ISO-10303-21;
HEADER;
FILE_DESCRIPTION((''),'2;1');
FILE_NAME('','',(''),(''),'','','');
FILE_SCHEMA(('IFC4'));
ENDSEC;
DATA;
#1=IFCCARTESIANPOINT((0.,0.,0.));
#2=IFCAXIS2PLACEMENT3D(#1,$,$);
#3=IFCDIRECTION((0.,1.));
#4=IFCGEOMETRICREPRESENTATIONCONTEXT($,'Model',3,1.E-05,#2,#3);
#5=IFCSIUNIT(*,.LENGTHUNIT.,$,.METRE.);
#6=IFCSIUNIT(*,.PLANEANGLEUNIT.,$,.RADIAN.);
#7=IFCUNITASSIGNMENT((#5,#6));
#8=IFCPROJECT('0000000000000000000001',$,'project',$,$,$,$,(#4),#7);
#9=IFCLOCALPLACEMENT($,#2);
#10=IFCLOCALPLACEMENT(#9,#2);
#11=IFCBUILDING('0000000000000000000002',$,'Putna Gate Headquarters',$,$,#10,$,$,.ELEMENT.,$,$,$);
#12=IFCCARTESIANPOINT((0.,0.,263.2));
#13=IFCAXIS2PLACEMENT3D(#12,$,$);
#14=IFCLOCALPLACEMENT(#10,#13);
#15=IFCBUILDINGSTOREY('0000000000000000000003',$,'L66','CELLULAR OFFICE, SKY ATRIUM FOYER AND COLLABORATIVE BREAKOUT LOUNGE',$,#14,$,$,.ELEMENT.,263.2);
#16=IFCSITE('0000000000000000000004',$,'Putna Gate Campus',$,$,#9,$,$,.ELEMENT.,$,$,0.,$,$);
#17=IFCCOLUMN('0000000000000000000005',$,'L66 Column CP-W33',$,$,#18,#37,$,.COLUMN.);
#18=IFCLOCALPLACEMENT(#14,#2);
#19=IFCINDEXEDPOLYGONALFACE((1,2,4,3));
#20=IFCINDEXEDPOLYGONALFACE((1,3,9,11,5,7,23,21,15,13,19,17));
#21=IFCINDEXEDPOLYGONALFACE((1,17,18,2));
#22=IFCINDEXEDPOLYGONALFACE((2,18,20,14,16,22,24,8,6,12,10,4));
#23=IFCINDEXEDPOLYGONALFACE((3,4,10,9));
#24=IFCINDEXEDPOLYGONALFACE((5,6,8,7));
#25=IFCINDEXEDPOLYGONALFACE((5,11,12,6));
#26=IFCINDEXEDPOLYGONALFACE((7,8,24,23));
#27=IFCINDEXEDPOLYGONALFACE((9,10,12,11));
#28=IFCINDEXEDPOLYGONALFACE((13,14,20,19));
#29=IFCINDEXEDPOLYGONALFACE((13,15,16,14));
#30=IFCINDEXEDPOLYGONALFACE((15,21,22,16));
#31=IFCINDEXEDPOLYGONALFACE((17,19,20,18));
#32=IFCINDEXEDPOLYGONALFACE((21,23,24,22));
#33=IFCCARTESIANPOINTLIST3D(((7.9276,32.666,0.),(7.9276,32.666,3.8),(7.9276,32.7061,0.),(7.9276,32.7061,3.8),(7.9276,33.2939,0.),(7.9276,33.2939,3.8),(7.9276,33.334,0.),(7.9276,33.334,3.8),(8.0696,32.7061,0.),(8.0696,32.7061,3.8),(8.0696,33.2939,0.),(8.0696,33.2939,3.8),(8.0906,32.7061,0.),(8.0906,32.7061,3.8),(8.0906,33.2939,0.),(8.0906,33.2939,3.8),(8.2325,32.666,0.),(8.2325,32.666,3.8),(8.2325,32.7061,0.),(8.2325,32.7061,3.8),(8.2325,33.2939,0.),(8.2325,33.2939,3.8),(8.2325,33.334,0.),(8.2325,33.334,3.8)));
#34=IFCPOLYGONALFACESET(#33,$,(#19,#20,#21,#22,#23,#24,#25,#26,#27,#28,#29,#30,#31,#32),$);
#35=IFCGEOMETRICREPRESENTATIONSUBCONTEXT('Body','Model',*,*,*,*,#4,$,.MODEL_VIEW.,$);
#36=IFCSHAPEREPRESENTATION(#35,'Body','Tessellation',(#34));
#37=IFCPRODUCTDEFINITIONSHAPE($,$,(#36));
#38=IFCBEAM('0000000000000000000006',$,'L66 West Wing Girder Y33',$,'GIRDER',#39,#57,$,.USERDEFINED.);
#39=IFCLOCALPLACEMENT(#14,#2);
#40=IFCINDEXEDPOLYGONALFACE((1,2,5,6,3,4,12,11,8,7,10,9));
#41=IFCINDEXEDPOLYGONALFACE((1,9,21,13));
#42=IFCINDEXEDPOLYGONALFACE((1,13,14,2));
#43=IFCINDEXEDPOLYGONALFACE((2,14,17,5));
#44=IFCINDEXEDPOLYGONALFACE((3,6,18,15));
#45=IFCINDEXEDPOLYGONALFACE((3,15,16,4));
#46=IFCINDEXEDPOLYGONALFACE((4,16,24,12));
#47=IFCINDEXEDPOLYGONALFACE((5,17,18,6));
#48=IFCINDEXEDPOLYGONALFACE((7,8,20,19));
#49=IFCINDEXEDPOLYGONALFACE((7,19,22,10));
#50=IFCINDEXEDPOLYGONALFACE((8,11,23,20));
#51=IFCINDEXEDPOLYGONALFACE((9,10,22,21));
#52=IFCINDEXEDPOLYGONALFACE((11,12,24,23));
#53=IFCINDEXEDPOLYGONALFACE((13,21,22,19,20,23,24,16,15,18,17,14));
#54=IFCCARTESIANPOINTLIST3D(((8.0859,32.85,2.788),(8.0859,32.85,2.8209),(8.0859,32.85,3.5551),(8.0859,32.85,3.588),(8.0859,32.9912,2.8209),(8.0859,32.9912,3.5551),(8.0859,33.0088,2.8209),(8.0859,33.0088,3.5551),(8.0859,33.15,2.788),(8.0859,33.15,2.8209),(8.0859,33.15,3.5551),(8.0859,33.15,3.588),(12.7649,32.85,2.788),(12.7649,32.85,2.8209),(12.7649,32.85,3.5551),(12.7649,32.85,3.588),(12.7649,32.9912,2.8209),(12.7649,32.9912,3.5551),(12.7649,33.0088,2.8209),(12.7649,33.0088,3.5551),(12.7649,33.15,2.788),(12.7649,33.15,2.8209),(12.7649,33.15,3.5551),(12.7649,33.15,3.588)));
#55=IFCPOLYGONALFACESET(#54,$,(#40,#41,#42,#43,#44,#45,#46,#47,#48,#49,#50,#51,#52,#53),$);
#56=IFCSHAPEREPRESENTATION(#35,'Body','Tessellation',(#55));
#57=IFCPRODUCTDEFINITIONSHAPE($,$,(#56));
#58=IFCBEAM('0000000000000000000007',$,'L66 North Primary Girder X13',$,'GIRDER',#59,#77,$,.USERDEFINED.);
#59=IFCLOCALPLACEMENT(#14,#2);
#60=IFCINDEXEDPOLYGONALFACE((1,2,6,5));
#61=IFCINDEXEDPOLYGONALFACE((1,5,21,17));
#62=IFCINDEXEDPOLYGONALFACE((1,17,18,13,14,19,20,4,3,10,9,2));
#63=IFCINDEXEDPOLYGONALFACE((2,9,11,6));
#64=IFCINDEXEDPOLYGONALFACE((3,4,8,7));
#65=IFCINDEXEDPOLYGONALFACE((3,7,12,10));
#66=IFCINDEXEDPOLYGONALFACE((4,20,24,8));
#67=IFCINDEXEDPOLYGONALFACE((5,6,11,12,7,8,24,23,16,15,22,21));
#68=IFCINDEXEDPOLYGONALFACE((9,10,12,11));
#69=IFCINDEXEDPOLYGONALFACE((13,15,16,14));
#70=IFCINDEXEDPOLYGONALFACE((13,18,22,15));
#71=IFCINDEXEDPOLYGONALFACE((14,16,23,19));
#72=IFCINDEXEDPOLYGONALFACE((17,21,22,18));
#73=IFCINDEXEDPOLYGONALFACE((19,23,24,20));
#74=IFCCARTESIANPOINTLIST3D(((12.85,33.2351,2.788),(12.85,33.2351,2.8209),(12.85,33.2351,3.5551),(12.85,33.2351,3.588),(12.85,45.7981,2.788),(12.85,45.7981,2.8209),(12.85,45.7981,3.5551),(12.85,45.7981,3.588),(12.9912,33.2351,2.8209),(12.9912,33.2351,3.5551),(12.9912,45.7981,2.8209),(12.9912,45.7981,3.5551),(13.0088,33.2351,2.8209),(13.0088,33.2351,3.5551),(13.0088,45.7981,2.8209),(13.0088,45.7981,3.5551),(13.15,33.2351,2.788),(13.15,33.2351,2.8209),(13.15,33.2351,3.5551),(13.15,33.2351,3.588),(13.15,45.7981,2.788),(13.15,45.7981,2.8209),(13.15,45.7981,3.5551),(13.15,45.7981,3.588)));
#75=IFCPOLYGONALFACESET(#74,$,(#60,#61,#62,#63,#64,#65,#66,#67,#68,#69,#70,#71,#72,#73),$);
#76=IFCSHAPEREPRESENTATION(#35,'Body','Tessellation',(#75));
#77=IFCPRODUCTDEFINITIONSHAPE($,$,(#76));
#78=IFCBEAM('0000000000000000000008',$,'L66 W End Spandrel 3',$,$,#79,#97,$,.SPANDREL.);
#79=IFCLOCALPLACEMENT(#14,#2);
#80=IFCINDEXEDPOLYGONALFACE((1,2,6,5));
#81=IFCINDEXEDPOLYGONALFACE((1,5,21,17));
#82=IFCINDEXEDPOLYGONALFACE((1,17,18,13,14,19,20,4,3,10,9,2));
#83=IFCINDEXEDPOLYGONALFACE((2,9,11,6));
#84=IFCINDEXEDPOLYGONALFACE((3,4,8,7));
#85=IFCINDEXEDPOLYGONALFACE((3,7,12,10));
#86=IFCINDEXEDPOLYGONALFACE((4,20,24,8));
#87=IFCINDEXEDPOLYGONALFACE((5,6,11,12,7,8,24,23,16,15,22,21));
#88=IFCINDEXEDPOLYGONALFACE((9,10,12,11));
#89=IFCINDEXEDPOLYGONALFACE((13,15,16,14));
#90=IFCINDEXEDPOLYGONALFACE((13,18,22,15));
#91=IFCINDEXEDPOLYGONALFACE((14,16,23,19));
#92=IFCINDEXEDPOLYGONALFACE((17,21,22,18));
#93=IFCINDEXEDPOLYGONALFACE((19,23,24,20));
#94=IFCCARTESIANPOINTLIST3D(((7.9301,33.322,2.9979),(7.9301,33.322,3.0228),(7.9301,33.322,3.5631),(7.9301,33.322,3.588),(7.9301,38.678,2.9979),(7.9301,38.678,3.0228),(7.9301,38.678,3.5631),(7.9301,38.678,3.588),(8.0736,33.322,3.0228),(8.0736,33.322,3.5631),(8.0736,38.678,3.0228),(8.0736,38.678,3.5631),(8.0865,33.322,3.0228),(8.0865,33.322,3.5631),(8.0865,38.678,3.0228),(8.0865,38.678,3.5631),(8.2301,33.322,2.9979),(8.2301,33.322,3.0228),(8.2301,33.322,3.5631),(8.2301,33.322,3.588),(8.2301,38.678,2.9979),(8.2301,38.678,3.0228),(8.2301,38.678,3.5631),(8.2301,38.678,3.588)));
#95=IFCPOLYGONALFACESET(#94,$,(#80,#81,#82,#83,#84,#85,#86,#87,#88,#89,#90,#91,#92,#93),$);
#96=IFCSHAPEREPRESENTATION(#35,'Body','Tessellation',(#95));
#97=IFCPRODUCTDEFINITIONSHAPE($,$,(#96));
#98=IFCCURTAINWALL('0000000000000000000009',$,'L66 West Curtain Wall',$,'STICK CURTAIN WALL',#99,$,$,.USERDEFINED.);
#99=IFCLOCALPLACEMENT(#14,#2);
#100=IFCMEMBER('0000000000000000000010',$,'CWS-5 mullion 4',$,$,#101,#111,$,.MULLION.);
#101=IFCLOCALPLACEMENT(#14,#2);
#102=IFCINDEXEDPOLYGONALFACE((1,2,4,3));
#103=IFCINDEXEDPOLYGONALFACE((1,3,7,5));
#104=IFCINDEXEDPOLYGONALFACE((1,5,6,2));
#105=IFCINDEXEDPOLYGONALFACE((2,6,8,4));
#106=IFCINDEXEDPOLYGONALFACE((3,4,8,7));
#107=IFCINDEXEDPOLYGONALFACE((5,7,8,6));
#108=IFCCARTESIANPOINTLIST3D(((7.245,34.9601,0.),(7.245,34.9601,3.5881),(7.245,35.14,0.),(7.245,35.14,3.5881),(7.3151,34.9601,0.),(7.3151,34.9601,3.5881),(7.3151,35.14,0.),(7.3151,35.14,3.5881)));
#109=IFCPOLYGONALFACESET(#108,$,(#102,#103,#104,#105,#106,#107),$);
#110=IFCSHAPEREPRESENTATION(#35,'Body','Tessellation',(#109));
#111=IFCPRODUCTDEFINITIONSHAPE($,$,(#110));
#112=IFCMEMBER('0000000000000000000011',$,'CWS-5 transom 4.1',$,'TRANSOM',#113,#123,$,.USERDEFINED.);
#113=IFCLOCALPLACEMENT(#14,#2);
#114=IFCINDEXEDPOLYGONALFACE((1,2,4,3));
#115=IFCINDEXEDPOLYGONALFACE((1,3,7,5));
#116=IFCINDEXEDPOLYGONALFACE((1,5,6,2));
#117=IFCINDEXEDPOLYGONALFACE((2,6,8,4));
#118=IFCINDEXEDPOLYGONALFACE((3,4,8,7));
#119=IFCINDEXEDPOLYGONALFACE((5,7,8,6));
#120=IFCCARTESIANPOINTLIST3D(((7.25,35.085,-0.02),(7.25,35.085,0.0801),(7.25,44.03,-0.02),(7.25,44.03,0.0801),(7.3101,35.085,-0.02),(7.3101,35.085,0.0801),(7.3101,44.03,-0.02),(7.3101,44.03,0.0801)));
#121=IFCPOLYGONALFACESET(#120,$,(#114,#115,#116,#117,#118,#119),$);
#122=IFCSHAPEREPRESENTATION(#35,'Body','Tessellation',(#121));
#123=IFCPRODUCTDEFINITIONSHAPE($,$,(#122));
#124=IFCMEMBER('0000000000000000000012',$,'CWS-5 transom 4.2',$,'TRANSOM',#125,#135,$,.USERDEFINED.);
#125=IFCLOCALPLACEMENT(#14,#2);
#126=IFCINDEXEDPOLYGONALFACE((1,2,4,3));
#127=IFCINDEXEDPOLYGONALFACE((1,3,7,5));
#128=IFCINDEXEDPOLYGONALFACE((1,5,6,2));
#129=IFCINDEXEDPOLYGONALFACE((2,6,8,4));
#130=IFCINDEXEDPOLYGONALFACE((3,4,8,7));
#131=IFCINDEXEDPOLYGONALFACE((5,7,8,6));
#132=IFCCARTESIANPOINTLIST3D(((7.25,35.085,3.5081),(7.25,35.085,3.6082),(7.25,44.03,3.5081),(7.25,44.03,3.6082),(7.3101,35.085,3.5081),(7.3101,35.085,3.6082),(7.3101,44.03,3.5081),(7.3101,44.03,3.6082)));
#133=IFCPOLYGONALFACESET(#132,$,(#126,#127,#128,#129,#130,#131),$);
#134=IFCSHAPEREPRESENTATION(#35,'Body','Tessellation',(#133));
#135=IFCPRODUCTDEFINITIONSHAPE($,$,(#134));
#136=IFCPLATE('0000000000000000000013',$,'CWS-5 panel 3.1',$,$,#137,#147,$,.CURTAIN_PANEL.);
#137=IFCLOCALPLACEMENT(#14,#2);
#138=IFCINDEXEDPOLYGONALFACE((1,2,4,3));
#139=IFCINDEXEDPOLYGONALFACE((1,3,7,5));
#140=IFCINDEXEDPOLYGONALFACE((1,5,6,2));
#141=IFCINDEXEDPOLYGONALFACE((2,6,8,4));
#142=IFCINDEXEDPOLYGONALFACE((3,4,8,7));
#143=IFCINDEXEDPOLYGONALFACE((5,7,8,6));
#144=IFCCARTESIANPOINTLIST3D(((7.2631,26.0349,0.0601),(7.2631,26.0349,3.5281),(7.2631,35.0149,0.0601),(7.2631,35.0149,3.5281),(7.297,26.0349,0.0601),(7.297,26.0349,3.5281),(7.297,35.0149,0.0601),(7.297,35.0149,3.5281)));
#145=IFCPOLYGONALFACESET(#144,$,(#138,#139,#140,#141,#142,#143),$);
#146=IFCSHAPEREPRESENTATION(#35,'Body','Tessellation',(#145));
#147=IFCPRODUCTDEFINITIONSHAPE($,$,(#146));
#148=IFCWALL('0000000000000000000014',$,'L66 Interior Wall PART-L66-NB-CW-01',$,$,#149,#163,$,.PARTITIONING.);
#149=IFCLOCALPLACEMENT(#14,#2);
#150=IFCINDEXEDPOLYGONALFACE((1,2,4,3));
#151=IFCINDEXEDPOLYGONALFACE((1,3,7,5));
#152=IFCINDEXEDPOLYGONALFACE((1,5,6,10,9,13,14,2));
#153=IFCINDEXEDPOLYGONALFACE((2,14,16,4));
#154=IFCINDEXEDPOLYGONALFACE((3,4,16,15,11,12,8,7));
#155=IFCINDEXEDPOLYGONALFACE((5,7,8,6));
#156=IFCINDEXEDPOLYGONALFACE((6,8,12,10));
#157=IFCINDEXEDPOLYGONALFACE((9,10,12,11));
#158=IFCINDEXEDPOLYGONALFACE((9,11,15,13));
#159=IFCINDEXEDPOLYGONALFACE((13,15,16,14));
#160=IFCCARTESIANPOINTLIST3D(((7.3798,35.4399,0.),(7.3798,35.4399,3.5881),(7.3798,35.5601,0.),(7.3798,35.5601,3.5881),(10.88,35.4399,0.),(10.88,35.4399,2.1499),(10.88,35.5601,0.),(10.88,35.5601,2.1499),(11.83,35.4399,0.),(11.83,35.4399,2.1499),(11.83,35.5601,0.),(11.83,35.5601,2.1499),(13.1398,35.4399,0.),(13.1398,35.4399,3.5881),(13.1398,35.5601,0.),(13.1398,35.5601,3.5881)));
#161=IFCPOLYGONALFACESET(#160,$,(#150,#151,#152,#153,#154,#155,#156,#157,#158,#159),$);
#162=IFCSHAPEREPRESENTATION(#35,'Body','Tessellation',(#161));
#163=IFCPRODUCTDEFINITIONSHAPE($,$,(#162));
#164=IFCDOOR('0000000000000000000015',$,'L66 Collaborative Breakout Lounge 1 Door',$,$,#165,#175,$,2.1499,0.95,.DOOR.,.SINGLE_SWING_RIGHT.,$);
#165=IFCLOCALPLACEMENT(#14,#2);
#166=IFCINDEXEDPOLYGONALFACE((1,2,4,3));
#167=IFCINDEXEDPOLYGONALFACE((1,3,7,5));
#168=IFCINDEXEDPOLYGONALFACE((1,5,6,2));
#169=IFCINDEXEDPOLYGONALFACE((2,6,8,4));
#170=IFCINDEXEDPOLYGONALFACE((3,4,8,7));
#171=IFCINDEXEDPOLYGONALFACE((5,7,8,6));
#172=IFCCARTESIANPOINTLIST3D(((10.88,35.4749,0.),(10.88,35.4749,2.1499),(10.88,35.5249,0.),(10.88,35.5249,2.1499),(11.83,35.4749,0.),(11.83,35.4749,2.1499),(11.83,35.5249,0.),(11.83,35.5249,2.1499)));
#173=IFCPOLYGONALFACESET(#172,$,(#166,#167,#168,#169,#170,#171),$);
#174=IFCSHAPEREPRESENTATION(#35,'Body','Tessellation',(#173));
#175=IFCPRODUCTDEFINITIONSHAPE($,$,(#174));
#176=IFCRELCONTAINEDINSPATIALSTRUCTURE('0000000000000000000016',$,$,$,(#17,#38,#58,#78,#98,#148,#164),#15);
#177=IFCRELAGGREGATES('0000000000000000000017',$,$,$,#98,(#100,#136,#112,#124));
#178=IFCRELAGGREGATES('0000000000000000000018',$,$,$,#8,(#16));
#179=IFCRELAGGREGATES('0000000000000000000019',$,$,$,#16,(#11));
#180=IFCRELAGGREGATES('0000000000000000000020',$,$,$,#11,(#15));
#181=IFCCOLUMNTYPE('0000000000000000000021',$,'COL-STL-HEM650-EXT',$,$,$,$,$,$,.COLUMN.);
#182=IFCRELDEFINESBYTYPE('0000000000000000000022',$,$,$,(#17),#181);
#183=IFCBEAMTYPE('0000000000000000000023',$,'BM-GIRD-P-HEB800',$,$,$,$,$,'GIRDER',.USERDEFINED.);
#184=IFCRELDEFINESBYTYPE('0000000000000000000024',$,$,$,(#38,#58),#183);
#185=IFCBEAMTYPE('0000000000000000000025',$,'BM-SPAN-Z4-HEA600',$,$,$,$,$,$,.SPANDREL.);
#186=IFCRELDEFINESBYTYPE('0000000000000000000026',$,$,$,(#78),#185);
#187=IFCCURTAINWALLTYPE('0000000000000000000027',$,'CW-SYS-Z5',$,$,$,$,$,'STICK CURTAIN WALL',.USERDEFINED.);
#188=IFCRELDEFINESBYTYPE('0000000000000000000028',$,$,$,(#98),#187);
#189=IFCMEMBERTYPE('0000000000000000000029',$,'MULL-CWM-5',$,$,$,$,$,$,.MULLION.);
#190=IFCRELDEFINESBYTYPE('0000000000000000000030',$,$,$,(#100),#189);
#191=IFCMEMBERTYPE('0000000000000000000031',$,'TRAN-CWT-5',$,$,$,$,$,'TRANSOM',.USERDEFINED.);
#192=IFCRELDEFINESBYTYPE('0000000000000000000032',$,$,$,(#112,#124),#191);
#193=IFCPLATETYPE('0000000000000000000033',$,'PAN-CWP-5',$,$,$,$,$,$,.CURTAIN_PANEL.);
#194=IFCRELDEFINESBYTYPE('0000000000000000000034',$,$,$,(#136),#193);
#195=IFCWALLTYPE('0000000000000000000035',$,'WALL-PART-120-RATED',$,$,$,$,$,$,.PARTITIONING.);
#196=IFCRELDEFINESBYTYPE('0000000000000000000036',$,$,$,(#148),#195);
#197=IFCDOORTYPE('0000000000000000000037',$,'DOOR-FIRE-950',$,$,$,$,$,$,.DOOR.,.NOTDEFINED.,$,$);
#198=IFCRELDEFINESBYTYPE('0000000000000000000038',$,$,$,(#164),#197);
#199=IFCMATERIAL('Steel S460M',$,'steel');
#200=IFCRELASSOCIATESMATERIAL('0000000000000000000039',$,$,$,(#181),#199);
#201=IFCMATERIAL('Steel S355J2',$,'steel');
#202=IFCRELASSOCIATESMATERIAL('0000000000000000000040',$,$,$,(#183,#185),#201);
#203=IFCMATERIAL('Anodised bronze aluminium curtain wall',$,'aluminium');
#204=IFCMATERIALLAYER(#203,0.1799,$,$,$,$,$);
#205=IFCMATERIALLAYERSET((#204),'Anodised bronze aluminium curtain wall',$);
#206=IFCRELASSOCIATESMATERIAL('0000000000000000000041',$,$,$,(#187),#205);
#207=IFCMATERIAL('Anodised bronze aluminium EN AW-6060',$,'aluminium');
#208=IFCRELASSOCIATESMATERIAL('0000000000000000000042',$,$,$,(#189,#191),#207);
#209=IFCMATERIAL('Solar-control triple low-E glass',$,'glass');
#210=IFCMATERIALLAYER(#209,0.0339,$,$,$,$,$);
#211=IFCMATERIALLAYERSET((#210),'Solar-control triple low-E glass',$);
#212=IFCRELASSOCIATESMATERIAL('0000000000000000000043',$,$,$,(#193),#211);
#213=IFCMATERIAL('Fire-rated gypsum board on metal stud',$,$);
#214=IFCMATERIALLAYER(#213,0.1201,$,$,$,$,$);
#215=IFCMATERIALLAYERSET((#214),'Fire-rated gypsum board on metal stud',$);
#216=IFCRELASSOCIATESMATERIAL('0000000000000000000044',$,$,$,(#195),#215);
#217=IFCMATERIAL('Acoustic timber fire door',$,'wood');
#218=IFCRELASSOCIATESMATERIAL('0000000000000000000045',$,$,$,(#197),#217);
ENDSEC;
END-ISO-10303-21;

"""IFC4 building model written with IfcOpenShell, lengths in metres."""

from ifc_helpers import new_model, si_unit, direction, frame, frame_2d, origin, origin_2d, place, context, subcontext, project, spatial, rectangle, i_section, extrude, material, layer, layer_set, material_profile, profile_set, type_object, element, fill, aggregate, save


model = new_model("IFC4")

# Units and contexts
model_context = context("Model", 3, precision=1e-05, world=origin(), true_north=direction((0.0, 1.0)))
body_context = subcontext(model_context, "Body", "Model", "MODEL_VIEW")
ifc_project = project(units=[si_unit("LENGTHUNIT", "METRE"), si_unit("PLANEANGLEUNIT", "RADIAN")], contexts=[model_context])

# Site, building, storey
site_placement = place(None, origin())
site = spatial("IfcSite", under=ifc_project, at=site_placement, Name="Putna Gate Campus", CompositionType="ELEMENT", RefElevation=0.0)
building_placement = place(site_placement, origin())
building = spatial("IfcBuilding", under=site, at=building_placement, Name="Putna Gate Headquarters", CompositionType="ELEMENT")
storey_placement = place(building_placement, frame((0.0, 0.0, 263.2)))
storey = spatial("IfcBuildingStorey", under=building, at=storey_placement, Name="L66", Description="CELLULAR OFFICE, SKY ATRIUM FOYER AND COLLABORATIVE BREAKOUT LOUNGE", CompositionType="ELEMENT", Elevation=263.2)

# Column
ifc_material_1 = material(Name="Steel S460M", Category="steel")
ifc_material_profile_1 = material_profile(ifc_material_1, i_section(OverallWidth=0.3049, OverallDepth=0.668, WebThickness=0.021, FlangeThickness=0.04, at=origin_2d()), Name="Steel S460M")
ifc_profile_set_1 = profile_set([ifc_material_profile_1], Name="Steel S460M")
column_type = type_object("IfcColumnType", Name="COL-STL-HEM650-EXT", PredefinedType="COLUMN", material=ifc_profile_set_1)
column_placement = place(storey_placement, frame((8.0801, 33.0, 0.0), z_axis=(0.0, 0.0, 1.0), x_axis=(1.0, 0.0, 0.0)))
element("IfcColumn", 1, at=column_placement, inside=storey, type_object=column_type, Name="L66 Column CP-W33", PredefinedType="COLUMN", context=body_context, shape_type="SweptSolid", body=[
    extrude(i_section(OverallWidth=0.3049, OverallDepth=0.668, WebThickness=0.021, FlangeThickness=0.04, at=origin_2d()), origin(), (0.0, 0.0, 1.0), 3.8),
])

# Beams
ifc_material_2 = material(Name="Steel S355J2", Category="steel")
ifc_material_profile_2 = material_profile(ifc_material_2, i_section(OverallWidth=0.3, OverallDepth=0.8, WebThickness=0.0176, FlangeThickness=0.033, at=origin_2d()), Name="Steel S355J2")
ifc_profile_set_2 = profile_set([ifc_material_profile_2], Name="Steel S355J2")
beam_type_1 = type_object("IfcBeamType", Name="BM-GIRD-P-HEB800", ElementType="GIRDER", PredefinedType="USERDEFINED", material=ifc_profile_set_2)
beam_1_placement = place(storey_placement, frame((8.0859, 33.0, 3.188), z_axis=(1.0, 0.0, 0.0), x_axis=(0.0, 1.0, 0.0)))
element("IfcBeam", 2, at=beam_1_placement, inside=storey, type_object=beam_type_1, Name="L66 West Wing Girder Y33", ObjectType="GIRDER", PredefinedType="USERDEFINED", context=body_context, shape_type="SweptSolid", body=[
    extrude(i_section(OverallWidth=0.3, OverallDepth=0.8, WebThickness=0.0176, FlangeThickness=0.033, at=origin_2d()), origin(), (0.0, 0.0, 1.0), 4.679),
])
beam_2_placement = place(storey_placement, frame((13.0, 33.2351, 3.188), z_axis=(0.0, 1.0, 0.0), x_axis=(-1.0, 0.0, 0.0)))
element("IfcBeam", 3, at=beam_2_placement, inside=storey, type_object=beam_type_1, Name="L66 North Primary Girder X13", ObjectType="GIRDER", PredefinedType="USERDEFINED", context=body_context, shape_type="SweptSolid", body=[
    extrude(i_section(OverallWidth=0.3, OverallDepth=0.8, WebThickness=0.0176, FlangeThickness=0.033, at=origin_2d()), origin(), (0.0, 0.0, 1.0), 12.563),
])
ifc_material_profile_3 = material_profile(ifc_material_2, i_section(OverallWidth=0.3, OverallDepth=0.5901, WebThickness=0.0129, FlangeThickness=0.0249, at=origin_2d()), Name="Steel S355J2")
ifc_profile_set_3 = profile_set([ifc_material_profile_3], Name="Steel S355J2")
beam_type_2 = type_object("IfcBeamType", Name="BM-SPAN-Z4-HEA600", PredefinedType="SPANDREL", material=ifc_profile_set_3)
beam_3_placement = place(storey_placement, frame((8.0801, 33.322, 3.293), z_axis=(0.0, 1.0, 0.0), x_axis=(-1.0, 0.0, 0.0)))
element("IfcBeam", 4, at=beam_3_placement, inside=storey, type_object=beam_type_2, Name="L66 W End Spandrel 3", PredefinedType="SPANDREL", context=body_context, shape_type="SweptSolid", body=[
    extrude(i_section(OverallWidth=0.3, OverallDepth=0.5901, WebThickness=0.0129, FlangeThickness=0.0249, at=origin_2d()), origin(), (0.0, 0.0, 1.0), 5.356),
])

# Curtain wall, members, plate
ifc_material_3 = material(Name="Anodised bronze aluminium curtain wall", Category="aluminium")
ifc_layer_1 = layer(ifc_material_3, 0.1799)
ifc_layer_set_1 = layer_set([ifc_layer_1], Name="Anodised bronze aluminium curtain wall")
curtain_wall_type = type_object("IfcCurtainWallType", Name="CW-SYS-Z5", ElementType="STICK CURTAIN WALL", PredefinedType="USERDEFINED", material=ifc_layer_set_1)
curtain_wall_placement = place(storey_placement, origin())
curtain_wall = element("IfcCurtainWall", 5, at=curtain_wall_placement, inside=storey, type_object=curtain_wall_type, Name="L66 West Curtain Wall", ObjectType="STICK CURTAIN WALL", PredefinedType="USERDEFINED")
ifc_material_4 = material(Name="Anodised bronze aluminium EN AW-6060", Category="aluminium")
ifc_material_profile_4 = material_profile(ifc_material_4, rectangle(XDim=0.0701, YDim=0.1799, at=origin_2d()), Name="Anodised bronze aluminium EN AW-6060")
ifc_profile_set_4 = profile_set([ifc_material_profile_4], Name="Anodised bronze aluminium EN AW-6060")
member_type_1 = type_object("IfcMemberType", Name="MULL-CWM-5", PredefinedType="MULLION", material=ifc_profile_set_4)
member_1_placement = place(storey_placement, frame((7.28, 35.05, 0.0), z_axis=(0.0, 0.0, 1.0), x_axis=(-1.0, 0.0, 0.0)))
member_1 = element("IfcMember", 6, at=member_1_placement, type_object=member_type_1, Name="CWS-5 mullion 4", PredefinedType="MULLION", context=body_context, shape_type="SweptSolid", body=[
    extrude(rectangle(XDim=0.0701, YDim=0.1799, at=origin_2d()), origin(), (0.0, 0.0, 1.0), 3.5881),
])
ifc_material_profile_5 = material_profile(ifc_material_4, rectangle(XDim=0.0601, YDim=0.1001, at=origin_2d()), Name="Anodised bronze aluminium EN AW-6060")
ifc_profile_set_5 = profile_set([ifc_material_profile_5], Name="Anodised bronze aluminium EN AW-6060")
member_type_2 = type_object("IfcMemberType", Name="TRAN-CWT-5", ElementType="TRANSOM", PredefinedType="USERDEFINED", material=ifc_profile_set_5)
member_2_placement = place(storey_placement, frame((7.28, 35.085, 0.03), z_axis=(0.0, 1.0, 0.0), x_axis=(-1.0, 0.0, 0.0)))
member_2 = element("IfcMember", 7, at=member_2_placement, type_object=member_type_2, Name="CWS-5 transom 4.1", ObjectType="TRANSOM", PredefinedType="USERDEFINED", context=body_context, shape_type="SweptSolid", body=[
    extrude(rectangle(XDim=0.0601, YDim=0.1001, at=origin_2d()), origin(), (0.0, 0.0, 1.0), 8.9451),
])
member_3_placement = place(storey_placement, frame((7.28, 35.085, 3.5581), z_axis=(0.0, 1.0, 0.0), x_axis=(-1.0, 0.0, 0.0)))
member_3 = element("IfcMember", 8, at=member_3_placement, type_object=member_type_2, Name="CWS-5 transom 4.2", ObjectType="TRANSOM", PredefinedType="USERDEFINED", context=body_context, shape_type="SweptSolid", body=[
    extrude(rectangle(XDim=0.0601, YDim=0.1001, at=origin_2d()), origin(), (0.0, 0.0, 1.0), 8.9451),
])
ifc_material_5 = material(Name="Solar-control triple low-E glass", Category="glass")
ifc_layer_2 = layer(ifc_material_5, 0.0339)
ifc_layer_set_2 = layer_set([ifc_layer_2], Name="Solar-control triple low-E glass")
plate_type = type_object("IfcPlateType", Name="PAN-CWP-5", PredefinedType="CURTAIN_PANEL", material=ifc_layer_set_2)
plate_placement = place(storey_placement, frame((7.28, 30.5249, 0.0601), z_axis=(0.0, 0.0, 1.0), x_axis=(0.0, 1.0, 0.0)))
plate = element("IfcPlate", 9, at=plate_placement, type_object=plate_type, Name="CWS-5 panel 3.1", PredefinedType="CURTAIN_PANEL", context=body_context, shape_type="SweptSolid", body=[
    extrude(rectangle(XDim=8.98, YDim=0.0339, at=origin_2d()), origin(), (0.0, 0.0, 1.0), 3.468),
])
aggregate(curtain_wall, [member_1, plate, member_2, member_3])

# Shared definitions
ifc_material_6 = material(Name="Fire-rated gypsum board on metal stud")
ifc_layer_3 = layer(ifc_material_6, 0.1201)
ifc_layer_set_3 = layer_set([ifc_layer_3], Name="Fire-rated gypsum board on metal stud")
wall_type_1 = type_object("IfcWallType", Name="WALL-PART-120-RATED", PredefinedType="PARTITIONING", material=ifc_layer_set_3)
ifc_material_7 = material(Name="Acoustic timber fire door", Category="wood")
door_type_1 = type_object("IfcDoorType", Name="DOOR-FIRE-950", OperationType="NOTDEFINED", PredefinedType="DOOR", material=ifc_material_7)

# Wall, opening, door
wall_1_placement = place(storey_placement, frame((7.3799, 35.5, 0.0), z_axis=(0.0, 0.0, 1.0), x_axis=(1.0, 0.0, 0.0)))
wall_1 = element("IfcWall", 10, at=wall_1_placement, inside=storey, type_object=wall_type_1, Name="L66 Interior Wall PART-L66-NB-CW-01", PredefinedType="PARTITIONING", context=body_context, shape_type="SweptSolid", body=[
    extrude(rectangle(XDim=5.76, YDim=0.1201, at=frame_2d((2.8799, 0.0))), origin(), (0.0, 0.0, 1.0), 3.5881),
])
opening_1_placement = place(wall_1_placement, frame((3.5, 0.0, 0.0)))
opening_1 = element("IfcOpeningElement", 11, at=opening_1_placement, cuts=wall_1, PredefinedType="OPENING", context=body_context, shape_type="SweptSolid", body=[
    extrude(rectangle(XDim=0.95, YDim=2.1499, at=frame_2d((0.4751, 1.075))), frame((0.0, 0.0701, 0.0), z_axis=(0.0, -1.0, 0.0), x_axis=(1.0, 0.0, 0.0)), (0.0, 0.0, 1.0), 0.1401),
])
door_1_placement = place(opening_1_placement, origin())
door_1 = element("IfcDoor", 12, at=door_1_placement, inside=storey, type_object=door_type_1, Name="L66 Collaborative Breakout Lounge 1 Door", OperationType="SINGLE_SWING_RIGHT", OverallHeight=2.1499, OverallWidth=0.95, PredefinedType="DOOR", context=body_context, shape_type="SweptSolid", body=[
    extrude(rectangle(XDim=0.95, YDim=2.1499, at=frame_2d((0.4751, 1.075))), frame((0.0, 0.0249, 0.0), z_axis=(0.0, -1.0, 0.0), x_axis=(1.0, 0.0, 0.0)), (0.0, 0.0, 1.0), 0.05),
])
fill(opening_1, door_1)

save(model, "model.ifc")
